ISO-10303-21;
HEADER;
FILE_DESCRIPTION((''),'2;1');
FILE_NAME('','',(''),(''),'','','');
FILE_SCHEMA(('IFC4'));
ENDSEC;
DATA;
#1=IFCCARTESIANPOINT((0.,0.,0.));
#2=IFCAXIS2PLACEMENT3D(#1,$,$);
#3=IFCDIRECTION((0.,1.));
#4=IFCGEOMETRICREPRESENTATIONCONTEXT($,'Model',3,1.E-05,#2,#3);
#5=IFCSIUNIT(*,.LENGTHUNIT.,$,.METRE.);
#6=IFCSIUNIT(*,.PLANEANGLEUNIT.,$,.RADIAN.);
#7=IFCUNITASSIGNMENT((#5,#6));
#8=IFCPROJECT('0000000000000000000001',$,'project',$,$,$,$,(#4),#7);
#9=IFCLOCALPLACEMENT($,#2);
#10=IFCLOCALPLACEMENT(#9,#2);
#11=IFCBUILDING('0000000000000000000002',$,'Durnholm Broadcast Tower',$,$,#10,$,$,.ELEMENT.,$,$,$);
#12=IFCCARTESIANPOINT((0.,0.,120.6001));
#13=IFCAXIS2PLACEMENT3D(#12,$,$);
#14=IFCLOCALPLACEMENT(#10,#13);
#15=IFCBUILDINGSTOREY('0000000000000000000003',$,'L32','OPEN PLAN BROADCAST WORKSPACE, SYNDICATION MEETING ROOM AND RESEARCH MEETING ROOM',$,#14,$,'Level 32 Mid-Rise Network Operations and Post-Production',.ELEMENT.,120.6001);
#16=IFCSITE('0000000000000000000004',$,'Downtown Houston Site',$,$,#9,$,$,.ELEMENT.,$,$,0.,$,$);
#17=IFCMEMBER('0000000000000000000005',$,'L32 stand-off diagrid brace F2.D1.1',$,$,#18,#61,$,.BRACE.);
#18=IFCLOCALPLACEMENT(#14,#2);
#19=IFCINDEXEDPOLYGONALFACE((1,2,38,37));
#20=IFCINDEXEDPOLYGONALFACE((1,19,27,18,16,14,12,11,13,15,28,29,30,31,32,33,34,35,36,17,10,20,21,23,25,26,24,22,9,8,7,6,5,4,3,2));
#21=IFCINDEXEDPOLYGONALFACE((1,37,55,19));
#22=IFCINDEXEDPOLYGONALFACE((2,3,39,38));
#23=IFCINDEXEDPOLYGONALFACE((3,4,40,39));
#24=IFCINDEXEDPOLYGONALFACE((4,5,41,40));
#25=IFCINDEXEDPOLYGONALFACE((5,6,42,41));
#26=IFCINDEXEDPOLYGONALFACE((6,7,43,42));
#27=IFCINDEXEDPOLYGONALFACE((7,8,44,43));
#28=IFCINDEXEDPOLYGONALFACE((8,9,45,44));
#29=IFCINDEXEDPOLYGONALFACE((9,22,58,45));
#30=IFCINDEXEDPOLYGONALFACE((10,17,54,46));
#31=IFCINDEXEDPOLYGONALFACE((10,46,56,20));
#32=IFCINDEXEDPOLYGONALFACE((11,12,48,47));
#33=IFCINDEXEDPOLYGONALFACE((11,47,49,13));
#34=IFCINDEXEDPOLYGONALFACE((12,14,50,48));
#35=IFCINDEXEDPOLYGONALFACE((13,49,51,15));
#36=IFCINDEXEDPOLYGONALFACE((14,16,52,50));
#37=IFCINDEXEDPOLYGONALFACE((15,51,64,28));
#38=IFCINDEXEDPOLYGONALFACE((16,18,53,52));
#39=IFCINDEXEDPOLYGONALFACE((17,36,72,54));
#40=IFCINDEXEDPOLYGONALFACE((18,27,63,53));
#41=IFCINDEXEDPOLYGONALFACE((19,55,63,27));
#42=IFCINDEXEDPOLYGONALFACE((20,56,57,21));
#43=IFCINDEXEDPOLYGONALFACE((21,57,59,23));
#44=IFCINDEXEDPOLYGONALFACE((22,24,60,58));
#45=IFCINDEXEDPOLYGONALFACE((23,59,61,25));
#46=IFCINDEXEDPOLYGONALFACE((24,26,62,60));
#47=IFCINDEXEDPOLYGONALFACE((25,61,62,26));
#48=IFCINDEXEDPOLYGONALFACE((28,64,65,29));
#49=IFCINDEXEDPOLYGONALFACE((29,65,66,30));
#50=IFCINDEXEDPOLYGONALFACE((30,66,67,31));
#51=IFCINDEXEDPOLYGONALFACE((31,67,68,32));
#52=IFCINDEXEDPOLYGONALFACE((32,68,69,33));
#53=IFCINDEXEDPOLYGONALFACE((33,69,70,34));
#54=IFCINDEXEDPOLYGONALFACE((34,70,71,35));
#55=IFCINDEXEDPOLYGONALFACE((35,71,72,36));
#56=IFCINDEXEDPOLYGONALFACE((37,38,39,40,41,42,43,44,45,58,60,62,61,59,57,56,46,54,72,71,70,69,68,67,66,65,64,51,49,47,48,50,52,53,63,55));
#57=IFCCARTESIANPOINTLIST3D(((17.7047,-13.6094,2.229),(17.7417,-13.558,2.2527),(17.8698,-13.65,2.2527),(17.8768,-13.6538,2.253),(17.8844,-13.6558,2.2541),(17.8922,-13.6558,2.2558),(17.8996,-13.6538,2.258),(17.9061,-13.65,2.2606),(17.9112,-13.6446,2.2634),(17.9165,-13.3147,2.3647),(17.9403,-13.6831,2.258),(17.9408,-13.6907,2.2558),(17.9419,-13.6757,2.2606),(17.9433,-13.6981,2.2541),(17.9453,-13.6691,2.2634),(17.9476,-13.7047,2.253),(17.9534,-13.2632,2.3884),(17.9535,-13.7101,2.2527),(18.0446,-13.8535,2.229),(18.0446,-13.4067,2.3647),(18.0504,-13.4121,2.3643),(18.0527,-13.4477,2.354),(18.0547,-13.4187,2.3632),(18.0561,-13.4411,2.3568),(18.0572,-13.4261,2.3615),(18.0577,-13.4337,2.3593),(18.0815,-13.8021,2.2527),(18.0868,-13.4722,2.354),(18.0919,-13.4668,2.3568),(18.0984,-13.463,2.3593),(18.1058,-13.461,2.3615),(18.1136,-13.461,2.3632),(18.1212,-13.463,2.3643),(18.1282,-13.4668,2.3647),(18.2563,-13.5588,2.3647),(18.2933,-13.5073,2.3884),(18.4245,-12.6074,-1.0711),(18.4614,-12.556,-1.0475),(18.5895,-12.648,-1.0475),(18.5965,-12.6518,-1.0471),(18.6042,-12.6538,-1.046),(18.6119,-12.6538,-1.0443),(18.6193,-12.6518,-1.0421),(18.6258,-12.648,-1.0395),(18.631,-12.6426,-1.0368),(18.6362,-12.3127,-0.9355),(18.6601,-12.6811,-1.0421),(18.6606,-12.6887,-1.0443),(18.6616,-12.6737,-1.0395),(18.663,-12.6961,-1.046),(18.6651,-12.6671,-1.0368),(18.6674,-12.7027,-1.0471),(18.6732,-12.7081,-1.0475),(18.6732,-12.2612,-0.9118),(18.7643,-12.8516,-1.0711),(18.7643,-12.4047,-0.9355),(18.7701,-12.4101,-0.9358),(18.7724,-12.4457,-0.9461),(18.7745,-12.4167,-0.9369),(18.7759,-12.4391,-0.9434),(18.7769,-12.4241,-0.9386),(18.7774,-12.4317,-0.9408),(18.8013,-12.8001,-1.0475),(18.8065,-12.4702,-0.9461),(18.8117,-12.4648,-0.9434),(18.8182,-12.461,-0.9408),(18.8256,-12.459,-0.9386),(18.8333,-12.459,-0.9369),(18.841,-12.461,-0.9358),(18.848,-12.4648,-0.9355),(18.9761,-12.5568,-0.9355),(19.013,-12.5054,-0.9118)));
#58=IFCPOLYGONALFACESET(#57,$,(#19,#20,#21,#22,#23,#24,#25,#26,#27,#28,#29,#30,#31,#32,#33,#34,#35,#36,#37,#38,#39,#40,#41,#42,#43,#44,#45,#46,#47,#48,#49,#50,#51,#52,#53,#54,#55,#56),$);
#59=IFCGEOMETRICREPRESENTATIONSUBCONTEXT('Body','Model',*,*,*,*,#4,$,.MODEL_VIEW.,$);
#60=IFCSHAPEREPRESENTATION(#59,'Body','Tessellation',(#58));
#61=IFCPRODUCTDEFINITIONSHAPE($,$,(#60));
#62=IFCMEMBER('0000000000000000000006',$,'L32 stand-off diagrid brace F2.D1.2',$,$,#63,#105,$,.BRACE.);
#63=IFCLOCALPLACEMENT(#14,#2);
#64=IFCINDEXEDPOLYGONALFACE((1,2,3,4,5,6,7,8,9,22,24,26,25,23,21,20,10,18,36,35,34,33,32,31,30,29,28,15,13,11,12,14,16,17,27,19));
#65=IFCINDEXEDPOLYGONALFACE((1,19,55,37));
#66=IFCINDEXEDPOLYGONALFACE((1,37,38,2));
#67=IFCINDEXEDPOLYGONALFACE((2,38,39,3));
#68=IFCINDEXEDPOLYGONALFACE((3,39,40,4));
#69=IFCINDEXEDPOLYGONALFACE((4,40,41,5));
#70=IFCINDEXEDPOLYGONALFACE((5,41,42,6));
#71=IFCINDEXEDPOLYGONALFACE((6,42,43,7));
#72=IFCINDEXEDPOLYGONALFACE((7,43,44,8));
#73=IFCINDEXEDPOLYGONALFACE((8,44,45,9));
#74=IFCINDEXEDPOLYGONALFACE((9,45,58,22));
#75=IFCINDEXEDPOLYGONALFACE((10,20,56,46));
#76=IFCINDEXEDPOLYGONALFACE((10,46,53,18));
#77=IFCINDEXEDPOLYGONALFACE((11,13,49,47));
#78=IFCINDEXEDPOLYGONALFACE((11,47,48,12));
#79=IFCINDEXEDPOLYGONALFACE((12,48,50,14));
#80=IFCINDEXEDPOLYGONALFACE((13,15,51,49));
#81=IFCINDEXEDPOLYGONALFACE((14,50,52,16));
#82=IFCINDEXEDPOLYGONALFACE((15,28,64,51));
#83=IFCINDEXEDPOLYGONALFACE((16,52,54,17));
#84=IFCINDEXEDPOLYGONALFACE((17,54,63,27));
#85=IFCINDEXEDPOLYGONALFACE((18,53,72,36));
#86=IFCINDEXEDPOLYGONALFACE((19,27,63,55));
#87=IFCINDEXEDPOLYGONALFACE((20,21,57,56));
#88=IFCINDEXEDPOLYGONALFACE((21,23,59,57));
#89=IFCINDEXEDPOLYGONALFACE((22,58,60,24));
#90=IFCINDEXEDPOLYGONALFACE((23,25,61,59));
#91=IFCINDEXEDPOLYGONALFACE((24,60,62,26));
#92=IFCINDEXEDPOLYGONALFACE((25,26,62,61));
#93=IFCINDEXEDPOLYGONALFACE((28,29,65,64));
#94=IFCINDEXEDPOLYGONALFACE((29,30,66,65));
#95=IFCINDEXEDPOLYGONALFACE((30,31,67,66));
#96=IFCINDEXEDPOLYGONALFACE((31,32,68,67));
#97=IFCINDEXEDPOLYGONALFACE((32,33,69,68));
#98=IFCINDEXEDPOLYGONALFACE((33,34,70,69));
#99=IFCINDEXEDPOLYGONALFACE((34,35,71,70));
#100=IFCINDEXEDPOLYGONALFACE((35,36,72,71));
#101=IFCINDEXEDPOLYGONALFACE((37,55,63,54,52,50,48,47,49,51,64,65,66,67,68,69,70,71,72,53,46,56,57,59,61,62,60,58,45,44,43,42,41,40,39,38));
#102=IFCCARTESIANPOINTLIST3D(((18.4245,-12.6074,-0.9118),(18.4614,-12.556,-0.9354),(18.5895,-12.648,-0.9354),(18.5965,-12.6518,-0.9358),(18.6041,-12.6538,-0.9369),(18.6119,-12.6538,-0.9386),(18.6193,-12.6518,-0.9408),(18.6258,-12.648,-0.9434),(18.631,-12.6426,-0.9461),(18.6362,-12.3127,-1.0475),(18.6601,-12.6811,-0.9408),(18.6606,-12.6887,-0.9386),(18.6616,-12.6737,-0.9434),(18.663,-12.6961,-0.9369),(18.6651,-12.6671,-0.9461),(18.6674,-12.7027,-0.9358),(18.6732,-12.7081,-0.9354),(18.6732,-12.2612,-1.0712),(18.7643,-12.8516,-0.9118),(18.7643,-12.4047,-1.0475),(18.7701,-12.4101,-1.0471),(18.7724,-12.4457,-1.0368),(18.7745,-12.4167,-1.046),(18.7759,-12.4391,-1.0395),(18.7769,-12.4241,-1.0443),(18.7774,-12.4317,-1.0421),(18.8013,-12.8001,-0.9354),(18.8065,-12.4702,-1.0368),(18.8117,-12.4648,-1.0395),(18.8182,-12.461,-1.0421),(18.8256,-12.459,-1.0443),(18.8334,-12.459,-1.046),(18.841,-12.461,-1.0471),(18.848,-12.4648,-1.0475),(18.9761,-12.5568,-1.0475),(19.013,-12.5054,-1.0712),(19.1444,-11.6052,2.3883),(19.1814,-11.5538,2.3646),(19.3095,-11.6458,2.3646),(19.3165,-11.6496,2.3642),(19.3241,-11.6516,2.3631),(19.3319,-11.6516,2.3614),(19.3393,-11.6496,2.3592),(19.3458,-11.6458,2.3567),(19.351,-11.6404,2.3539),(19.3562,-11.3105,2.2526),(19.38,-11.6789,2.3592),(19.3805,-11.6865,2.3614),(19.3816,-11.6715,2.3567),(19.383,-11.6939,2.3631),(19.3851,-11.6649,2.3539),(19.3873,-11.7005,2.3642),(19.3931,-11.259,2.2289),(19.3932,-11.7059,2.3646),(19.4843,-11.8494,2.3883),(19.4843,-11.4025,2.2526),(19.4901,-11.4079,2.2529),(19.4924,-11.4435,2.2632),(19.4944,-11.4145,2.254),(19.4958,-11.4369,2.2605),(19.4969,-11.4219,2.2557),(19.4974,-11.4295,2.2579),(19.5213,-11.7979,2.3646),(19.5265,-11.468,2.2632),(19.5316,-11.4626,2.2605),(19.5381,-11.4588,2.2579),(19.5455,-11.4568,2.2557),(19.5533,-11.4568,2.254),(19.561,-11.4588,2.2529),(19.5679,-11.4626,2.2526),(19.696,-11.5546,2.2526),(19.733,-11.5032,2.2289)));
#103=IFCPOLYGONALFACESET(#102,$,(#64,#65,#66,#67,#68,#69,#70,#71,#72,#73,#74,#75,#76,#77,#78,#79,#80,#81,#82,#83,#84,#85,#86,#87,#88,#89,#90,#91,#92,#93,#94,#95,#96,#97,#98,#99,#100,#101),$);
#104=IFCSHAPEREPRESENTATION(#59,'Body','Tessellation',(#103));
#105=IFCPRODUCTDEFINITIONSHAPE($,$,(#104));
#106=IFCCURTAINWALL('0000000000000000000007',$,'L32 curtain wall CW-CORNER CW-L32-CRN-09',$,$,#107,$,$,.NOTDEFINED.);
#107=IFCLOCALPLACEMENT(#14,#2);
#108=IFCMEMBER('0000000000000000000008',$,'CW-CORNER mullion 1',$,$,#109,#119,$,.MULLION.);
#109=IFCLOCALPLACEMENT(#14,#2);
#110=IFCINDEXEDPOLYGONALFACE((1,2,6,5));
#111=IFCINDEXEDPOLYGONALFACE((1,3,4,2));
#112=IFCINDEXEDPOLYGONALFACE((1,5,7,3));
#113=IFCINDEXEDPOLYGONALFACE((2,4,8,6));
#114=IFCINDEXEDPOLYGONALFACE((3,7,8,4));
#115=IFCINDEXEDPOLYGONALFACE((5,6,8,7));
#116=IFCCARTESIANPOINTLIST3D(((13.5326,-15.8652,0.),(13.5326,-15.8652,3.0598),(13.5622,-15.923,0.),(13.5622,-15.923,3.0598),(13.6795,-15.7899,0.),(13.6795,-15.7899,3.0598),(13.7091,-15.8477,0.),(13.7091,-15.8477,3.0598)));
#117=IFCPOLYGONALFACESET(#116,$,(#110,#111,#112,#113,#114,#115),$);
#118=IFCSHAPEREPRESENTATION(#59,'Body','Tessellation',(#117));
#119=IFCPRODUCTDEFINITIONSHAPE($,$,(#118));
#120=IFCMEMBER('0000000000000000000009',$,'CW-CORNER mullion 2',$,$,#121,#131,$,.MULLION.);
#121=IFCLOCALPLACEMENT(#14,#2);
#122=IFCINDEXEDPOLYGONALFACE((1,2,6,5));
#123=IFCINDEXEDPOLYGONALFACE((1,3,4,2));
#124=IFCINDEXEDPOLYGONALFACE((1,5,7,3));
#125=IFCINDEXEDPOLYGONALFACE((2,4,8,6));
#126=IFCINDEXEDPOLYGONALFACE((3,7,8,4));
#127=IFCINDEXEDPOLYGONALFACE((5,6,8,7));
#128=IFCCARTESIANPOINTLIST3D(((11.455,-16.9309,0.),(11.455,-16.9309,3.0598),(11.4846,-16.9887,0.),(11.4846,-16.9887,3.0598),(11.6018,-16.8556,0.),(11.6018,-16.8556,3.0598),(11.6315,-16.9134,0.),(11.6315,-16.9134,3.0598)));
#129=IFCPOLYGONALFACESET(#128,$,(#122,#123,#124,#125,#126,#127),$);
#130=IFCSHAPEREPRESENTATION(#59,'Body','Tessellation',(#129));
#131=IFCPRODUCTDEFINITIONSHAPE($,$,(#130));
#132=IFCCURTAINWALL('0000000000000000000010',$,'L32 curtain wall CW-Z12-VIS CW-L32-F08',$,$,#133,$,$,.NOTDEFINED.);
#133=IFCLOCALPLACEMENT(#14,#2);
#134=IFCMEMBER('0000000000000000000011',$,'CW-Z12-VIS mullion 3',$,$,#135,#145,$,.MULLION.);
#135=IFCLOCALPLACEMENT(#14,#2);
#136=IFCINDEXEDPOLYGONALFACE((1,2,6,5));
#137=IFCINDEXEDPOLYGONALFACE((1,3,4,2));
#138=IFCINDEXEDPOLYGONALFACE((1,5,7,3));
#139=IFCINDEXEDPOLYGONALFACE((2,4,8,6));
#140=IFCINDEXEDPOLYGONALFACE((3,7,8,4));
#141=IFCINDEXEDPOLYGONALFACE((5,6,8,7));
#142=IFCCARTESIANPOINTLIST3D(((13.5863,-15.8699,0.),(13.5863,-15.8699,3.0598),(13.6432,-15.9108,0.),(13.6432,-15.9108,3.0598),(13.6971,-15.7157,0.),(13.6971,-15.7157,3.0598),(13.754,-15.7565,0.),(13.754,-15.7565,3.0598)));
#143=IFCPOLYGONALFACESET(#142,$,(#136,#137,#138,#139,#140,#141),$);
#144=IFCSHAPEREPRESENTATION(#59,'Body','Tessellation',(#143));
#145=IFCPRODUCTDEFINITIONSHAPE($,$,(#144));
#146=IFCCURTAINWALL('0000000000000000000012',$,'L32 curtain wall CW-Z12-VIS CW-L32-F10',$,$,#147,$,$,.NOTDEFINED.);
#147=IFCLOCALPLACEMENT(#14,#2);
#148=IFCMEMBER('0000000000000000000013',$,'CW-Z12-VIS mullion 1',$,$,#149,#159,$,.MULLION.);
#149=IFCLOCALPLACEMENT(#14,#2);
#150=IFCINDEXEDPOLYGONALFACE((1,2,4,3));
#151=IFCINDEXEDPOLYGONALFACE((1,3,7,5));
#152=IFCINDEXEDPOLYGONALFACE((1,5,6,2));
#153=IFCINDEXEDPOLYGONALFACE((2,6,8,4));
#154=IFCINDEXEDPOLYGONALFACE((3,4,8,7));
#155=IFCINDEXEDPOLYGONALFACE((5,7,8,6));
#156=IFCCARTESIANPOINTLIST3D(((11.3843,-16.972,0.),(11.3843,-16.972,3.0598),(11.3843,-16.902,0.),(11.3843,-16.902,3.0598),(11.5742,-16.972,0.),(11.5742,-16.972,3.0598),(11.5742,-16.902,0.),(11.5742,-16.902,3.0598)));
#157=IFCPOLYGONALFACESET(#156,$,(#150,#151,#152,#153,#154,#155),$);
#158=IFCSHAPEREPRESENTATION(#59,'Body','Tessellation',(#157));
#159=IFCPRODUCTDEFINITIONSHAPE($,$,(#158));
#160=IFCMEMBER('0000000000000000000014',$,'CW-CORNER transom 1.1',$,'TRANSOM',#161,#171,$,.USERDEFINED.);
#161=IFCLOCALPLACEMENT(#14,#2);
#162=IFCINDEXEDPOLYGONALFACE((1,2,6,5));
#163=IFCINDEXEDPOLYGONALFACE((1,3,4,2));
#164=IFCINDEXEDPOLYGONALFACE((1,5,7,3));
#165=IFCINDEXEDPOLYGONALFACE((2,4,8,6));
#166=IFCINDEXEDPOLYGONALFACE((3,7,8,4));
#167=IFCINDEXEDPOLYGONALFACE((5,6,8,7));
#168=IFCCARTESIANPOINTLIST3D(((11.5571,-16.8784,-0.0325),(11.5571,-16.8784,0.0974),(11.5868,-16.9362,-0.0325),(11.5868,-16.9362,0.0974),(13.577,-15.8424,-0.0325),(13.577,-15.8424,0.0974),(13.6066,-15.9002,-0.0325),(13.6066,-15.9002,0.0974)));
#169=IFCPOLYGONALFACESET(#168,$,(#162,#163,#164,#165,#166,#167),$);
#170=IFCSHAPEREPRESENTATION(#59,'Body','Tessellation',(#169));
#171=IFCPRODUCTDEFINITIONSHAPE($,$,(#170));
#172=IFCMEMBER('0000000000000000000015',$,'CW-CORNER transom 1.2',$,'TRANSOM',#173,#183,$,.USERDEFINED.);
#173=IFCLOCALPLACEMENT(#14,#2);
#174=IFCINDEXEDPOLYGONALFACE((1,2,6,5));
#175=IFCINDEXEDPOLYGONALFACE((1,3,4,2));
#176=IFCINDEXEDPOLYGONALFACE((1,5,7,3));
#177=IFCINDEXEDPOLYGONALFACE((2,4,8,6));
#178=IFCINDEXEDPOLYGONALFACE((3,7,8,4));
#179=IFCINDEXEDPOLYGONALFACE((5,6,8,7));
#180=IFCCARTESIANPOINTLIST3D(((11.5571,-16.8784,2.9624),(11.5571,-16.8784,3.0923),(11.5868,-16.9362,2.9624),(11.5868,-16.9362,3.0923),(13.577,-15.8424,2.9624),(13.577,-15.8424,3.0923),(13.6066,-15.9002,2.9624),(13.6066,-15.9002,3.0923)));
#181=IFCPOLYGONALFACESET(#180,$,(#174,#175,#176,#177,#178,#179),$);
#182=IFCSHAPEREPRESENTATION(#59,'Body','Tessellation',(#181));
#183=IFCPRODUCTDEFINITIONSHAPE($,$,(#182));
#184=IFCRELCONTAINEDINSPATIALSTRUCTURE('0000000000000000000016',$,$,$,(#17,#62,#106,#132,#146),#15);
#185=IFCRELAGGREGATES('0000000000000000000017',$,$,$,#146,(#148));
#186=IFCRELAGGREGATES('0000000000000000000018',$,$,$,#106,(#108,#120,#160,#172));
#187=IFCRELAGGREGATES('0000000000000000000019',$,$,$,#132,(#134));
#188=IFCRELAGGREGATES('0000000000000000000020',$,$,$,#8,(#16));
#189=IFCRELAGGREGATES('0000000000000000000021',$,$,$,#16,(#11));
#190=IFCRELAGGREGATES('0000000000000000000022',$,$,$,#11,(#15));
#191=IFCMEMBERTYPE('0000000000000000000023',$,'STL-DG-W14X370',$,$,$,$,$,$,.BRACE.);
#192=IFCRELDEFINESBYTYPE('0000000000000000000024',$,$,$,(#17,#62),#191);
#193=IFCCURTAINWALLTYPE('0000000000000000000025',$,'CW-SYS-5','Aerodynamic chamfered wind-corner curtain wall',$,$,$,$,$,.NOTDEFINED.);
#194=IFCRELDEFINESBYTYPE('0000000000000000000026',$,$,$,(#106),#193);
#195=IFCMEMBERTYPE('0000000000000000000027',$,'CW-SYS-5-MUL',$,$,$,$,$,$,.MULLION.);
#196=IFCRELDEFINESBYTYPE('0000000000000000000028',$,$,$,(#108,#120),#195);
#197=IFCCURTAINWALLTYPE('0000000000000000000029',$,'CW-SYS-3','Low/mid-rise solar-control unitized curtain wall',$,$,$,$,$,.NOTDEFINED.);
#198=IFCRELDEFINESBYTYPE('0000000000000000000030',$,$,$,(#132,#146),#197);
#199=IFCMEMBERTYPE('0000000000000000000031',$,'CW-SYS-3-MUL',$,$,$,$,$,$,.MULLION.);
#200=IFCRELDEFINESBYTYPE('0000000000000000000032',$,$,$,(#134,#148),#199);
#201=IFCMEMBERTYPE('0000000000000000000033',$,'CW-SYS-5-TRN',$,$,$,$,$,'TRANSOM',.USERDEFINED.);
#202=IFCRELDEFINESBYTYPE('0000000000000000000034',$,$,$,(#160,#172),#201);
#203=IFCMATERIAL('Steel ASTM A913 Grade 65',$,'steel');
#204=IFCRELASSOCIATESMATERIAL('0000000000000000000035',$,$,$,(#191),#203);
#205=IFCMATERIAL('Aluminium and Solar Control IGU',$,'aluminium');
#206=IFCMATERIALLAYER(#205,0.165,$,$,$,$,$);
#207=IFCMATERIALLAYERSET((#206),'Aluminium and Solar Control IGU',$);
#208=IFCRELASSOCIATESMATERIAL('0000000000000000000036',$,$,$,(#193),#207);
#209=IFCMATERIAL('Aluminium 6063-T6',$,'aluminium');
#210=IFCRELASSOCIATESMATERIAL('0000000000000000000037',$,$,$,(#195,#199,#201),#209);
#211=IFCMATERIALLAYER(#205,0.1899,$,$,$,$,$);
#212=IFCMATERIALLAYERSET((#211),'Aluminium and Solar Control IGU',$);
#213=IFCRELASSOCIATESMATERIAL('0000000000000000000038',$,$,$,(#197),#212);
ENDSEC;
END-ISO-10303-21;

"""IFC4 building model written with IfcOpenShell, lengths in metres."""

from ifc_helpers import new_model, si_unit, direction, frame, origin, origin_2d, place, context, subcontext, project, spatial, rectangle, i_section, extrude, source, transform, mapped, material, layer, layer_set, material_profile, profile_set, type_object, type_shapes, element, aggregate, save


model = new_model("IFC4")

# Units and contexts
model_context = context("Model", 3, precision=1e-05, world=origin(), true_north=direction((0.0, 1.0)))
body_context = subcontext(model_context, "Body", "Model", "MODEL_VIEW")
ifc_project = project(units=[si_unit("LENGTHUNIT", "METRE"), si_unit("PLANEANGLEUNIT", "RADIAN")], contexts=[model_context])

# Site, building, storey
site_placement = place(None, origin())
site = spatial("IfcSite", under=ifc_project, at=site_placement, Name="Downtown Houston Site", CompositionType="ELEMENT", RefElevation=0.0)
building_placement = place(site_placement, origin())
building = spatial("IfcBuilding", under=site, at=building_placement, Name="Durnholm Broadcast Tower", CompositionType="ELEMENT")
storey_placement = place(building_placement, frame((0.0, 0.0, 120.6001)))
storey = spatial("IfcBuildingStorey", under=building, at=storey_placement, Name="L32", Description="OPEN PLAN BROADCAST WORKSPACE, SYNDICATION MEETING ROOM AND RESEARCH MEETING ROOM", LongName="Level 32 Mid-Rise Network Operations and Post-Production", CompositionType="ELEMENT", Elevation=120.6001)

# Members
ifc_material_1 = material(Name="Steel ASTM A913 Grade 65", Category="steel")
ifc_material_profile_1 = material_profile(ifc_material_1, i_section(OverallWidth=0.4185, OverallDepth=0.4551, WebThickness=0.042, FlangeThickness=0.0676, FilletRadius=0.0305, at=origin_2d()), Name="W14X370")
ifc_profile_set_1 = profile_set([ifc_material_profile_1], Name="Steel ASTM A913 Grade 65")
member_type_1 = type_object("IfcMemberType", Name="STL-DG-W14X370", PredefinedType="BRACE", material=ifc_profile_set_1)
shared_shape_1 = source(origin(), body_context, "Body", "SweptSolid", [
    extrude(i_section(OverallWidth=0.4185, OverallDepth=0.4551, WebThickness=0.042, FlangeThickness=0.0676, FilletRadius=0.0305, at=origin_2d()), origin(), (0.0, 0.0, 1.0), 3.5232),
])
type_shapes(member_type_1, [shared_shape_1])
for number, where, z_axis, x_axis, name in (
    (1, (18.7188, -12.5564, -0.9915), (-0.204288, -0.284395, 0.936689), (0.812179, -0.583408, 0.0), "L32 stand-off diagrid brace F2.D1.1"),
    (2, (18.7188, -12.5564, -0.9915), (0.20435, 0.284455, 0.936657), (-0.812153, 0.583444, 0.0), "L32 stand-off diagrid brace F2.D1.2"),
):
    element("IfcMember", number, at=place(storey_placement, frame(where, z_axis=z_axis, x_axis=x_axis)), inside=storey, type_object=member_type_1, Name=name, PredefinedType="BRACE", context=body_context, shape_type="MappedRepresentation", body=[
        mapped(shared_shape_1, transform((0.0, 0.0, 0.0), x_axis=(1.0, 0.0, 0.0), y_axis=(0.0, 1.0, 0.0), z_axis=(0.0, 0.0, 1.0), scale=1.0)),
    ])

# Curtain wall, members
ifc_material_2 = material(Name="Aluminium and Solar Control IGU", Category="aluminium")
ifc_layer_1 = layer(ifc_material_2, 0.165)
ifc_layer_set_1 = layer_set([ifc_layer_1], Name="Aluminium and Solar Control IGU")
curtain_wall_type_1 = type_object("IfcCurtainWallType", Name="CW-SYS-5", Description="Aerodynamic chamfered wind-corner curtain wall", PredefinedType="NOTDEFINED", material=ifc_layer_set_1)
curtain_wall_1_placement = place(storey_placement, origin())
curtain_wall_1 = element("IfcCurtainWall", 3, at=curtain_wall_1_placement, inside=storey, type_object=curtain_wall_type_1, Name="L32 curtain wall CW-CORNER CW-L32-CRN-09", PredefinedType="NOTDEFINED")
ifc_material_3 = material(Name="Aluminium 6063-T6", Category="aluminium")
ifc_material_profile_2 = material_profile(ifc_material_3, rectangle(XDim=0.0649, YDim=0.165, at=origin_2d()), Name="CWM65X165")
ifc_profile_set_2 = profile_set([ifc_material_profile_2], Name="Aluminium 6063-T6")
member_type_2 = type_object("IfcMemberType", Name="CW-SYS-5-MUL", PredefinedType="MULLION", material=ifc_profile_set_2)
shared_shape_2 = source(origin(), body_context, "Body", "SweptSolid", [
    extrude(rectangle(XDim=0.0649, YDim=0.165, at=origin_2d()), origin(), (0.0, 0.0, 1.0), 3.0598),
])
type_shapes(member_type_2, [shared_shape_2])
member_1_placement = place(storey_placement, frame((13.6208, -15.8564, 0.0), z_axis=(0.0, 0.0, 1.0), x_axis=(0.456373, -0.889788, 0.0)))
member_1 = element("IfcMember", 4, at=member_1_placement, type_object=member_type_2, Name="CW-CORNER mullion 1", PredefinedType="MULLION", context=body_context, shape_type="MappedRepresentation", body=[
    mapped(shared_shape_2, transform((0.0, 0.0, 0.0), x_axis=(1.0, 0.0, 0.0), y_axis=(0.0, 1.0, 0.0), z_axis=(0.0, 0.0, 1.0), scale=1.0)),
])
member_2_placement = place(storey_placement, frame((11.5432, -16.9221, 0.0), z_axis=(0.0, 0.0, 1.0), x_axis=(0.456373, -0.889788, 0.0)))
member_2 = element("IfcMember", 5, at=member_2_placement, type_object=member_type_2, Name="CW-CORNER mullion 2", PredefinedType="MULLION", context=body_context, shape_type="MappedRepresentation", body=[
    mapped(shared_shape_2, transform((0.0, 0.0, 0.0), x_axis=(1.0, 0.0, 0.0), y_axis=(0.0, 1.0, 0.0), z_axis=(0.0, 0.0, 1.0), scale=1.0)),
])

# Curtain walls, members
ifc_layer_2 = layer(ifc_material_2, 0.1899)
ifc_layer_set_2 = layer_set([ifc_layer_2], Name="Aluminium and Solar Control IGU")
curtain_wall_type_2 = type_object("IfcCurtainWallType", Name="CW-SYS-3", Description="Low/mid-rise solar-control unitized curtain wall", PredefinedType="NOTDEFINED", material=ifc_layer_set_2)
curtain_wall_2_placement = place(storey_placement, origin())
curtain_wall_2 = element("IfcCurtainWall", 6, at=curtain_wall_2_placement, inside=storey, type_object=curtain_wall_type_2, Name="L32 curtain wall CW-Z12-VIS CW-L32-F08", PredefinedType="NOTDEFINED")
ifc_material_profile_3 = material_profile(ifc_material_3, rectangle(XDim=0.0701, YDim=0.1899, at=origin_2d()), Name="CWM70X190")
ifc_profile_set_3 = profile_set([ifc_material_profile_3], Name="Aluminium 6063-T6")
member_type_3 = type_object("IfcMemberType", Name="CW-SYS-3-MUL", PredefinedType="MULLION", material=ifc_profile_set_3)
shared_shape_3 = source(origin(), body_context, "Body", "SweptSolid", [
    extrude(rectangle(XDim=0.0701, YDim=0.1899, at=origin_2d()), origin(), (0.0, 0.0, 1.0), 3.0598),
])
type_shapes(member_type_3, [shared_shape_3])
member_3_placement = place(storey_placement, frame((13.6702, -15.8132, 0.0), z_axis=(0.0, 0.0, 1.0), x_axis=(0.812152, -0.583445, 0.0)))
member_3 = element("IfcMember", 7, at=member_3_placement, type_object=member_type_3, Name="CW-Z12-VIS mullion 3", PredefinedType="MULLION", context=body_context, shape_type="MappedRepresentation", body=[
    mapped(shared_shape_3, transform((0.0, 0.0, 0.0), x_axis=(1.0, 0.0, 0.0), y_axis=(0.0, 1.0, 0.0), z_axis=(0.0, 0.0, 1.0), scale=1.0)),
])
curtain_wall_3_placement = place(storey_placement, origin())
curtain_wall_3 = element("IfcCurtainWall", 8, at=curtain_wall_3_placement, inside=storey, type_object=curtain_wall_type_2, Name="L32 curtain wall CW-Z12-VIS CW-L32-F10", PredefinedType="NOTDEFINED")
member_4_placement = place(storey_placement, frame((11.4792, -16.937, 0.0), z_axis=(0.0, 0.0, 1.0), x_axis=(0.0, -1.0, 0.0)))
member_4 = element("IfcMember", 9, at=member_4_placement, type_object=member_type_3, Name="CW-Z12-VIS mullion 1", PredefinedType="MULLION", context=body_context, shape_type="MappedRepresentation", body=[
    mapped(shared_shape_3, transform((0.0, 0.0, 0.0), x_axis=(1.0, 0.0, 0.0), y_axis=(0.0, 1.0, 0.0), z_axis=(0.0, 0.0, 1.0), scale=1.0)),
])

# Members
ifc_material_profile_4 = material_profile(ifc_material_3, rectangle(XDim=0.0649, YDim=0.1299, at=origin_2d()), Name="CWT65X130")
ifc_profile_set_4 = profile_set([ifc_material_profile_4], Name="Aluminium 6063-T6")
member_type_4 = type_object("IfcMemberType", Name="CW-SYS-5-TRN", ElementType="TRANSOM", PredefinedType="USERDEFINED", material=ifc_profile_set_4)
shared_shape_4 = source(origin(), body_context, "Body", "SweptSolid", [
    extrude(rectangle(XDim=0.0649, YDim=0.1299, at=origin_2d()), origin(), (0.0, 0.0, 1.0), 2.27),
])
type_shapes(member_type_4, [shared_shape_4])
member_5_placement = place(storey_placement, frame((13.5918, -15.8713, 0.0325), z_axis=(-0.889798, -0.456354, 0.0), x_axis=(0.456354, -0.889798, 0.0)))
member_5 = element("IfcMember", 10, at=member_5_placement, type_object=member_type_4, Name="CW-CORNER transom 1.1", ObjectType="TRANSOM", PredefinedType="USERDEFINED", context=body_context, shape_type="MappedRepresentation", body=[
    mapped(shared_shape_4, transform((0.0, 0.0, 0.0), x_axis=(1.0, 0.0, 0.0), y_axis=(0.0, 1.0, 0.0), z_axis=(0.0, 0.0, 1.0), scale=1.0)),
])
member_6_placement = place(storey_placement, frame((13.5918, -15.8713, 3.0273), z_axis=(-0.889798, -0.456354, 0.0), x_axis=(0.456354, -0.889798, 0.0)))
member_6 = element("IfcMember", 11, at=member_6_placement, type_object=member_type_4, Name="CW-CORNER transom 1.2", ObjectType="TRANSOM", PredefinedType="USERDEFINED", context=body_context, shape_type="MappedRepresentation", body=[
    mapped(shared_shape_4, transform((0.0, 0.0, 0.0), x_axis=(1.0, 0.0, 0.0), y_axis=(0.0, 1.0, 0.0), z_axis=(0.0, 0.0, 1.0), scale=1.0)),
])
aggregate(curtain_wall_3, [member_4])

aggregate(curtain_wall_1, [member_1, member_2, member_5, member_6])
aggregate(curtain_wall_2, [member_3])

save(model, "model.ifc")
